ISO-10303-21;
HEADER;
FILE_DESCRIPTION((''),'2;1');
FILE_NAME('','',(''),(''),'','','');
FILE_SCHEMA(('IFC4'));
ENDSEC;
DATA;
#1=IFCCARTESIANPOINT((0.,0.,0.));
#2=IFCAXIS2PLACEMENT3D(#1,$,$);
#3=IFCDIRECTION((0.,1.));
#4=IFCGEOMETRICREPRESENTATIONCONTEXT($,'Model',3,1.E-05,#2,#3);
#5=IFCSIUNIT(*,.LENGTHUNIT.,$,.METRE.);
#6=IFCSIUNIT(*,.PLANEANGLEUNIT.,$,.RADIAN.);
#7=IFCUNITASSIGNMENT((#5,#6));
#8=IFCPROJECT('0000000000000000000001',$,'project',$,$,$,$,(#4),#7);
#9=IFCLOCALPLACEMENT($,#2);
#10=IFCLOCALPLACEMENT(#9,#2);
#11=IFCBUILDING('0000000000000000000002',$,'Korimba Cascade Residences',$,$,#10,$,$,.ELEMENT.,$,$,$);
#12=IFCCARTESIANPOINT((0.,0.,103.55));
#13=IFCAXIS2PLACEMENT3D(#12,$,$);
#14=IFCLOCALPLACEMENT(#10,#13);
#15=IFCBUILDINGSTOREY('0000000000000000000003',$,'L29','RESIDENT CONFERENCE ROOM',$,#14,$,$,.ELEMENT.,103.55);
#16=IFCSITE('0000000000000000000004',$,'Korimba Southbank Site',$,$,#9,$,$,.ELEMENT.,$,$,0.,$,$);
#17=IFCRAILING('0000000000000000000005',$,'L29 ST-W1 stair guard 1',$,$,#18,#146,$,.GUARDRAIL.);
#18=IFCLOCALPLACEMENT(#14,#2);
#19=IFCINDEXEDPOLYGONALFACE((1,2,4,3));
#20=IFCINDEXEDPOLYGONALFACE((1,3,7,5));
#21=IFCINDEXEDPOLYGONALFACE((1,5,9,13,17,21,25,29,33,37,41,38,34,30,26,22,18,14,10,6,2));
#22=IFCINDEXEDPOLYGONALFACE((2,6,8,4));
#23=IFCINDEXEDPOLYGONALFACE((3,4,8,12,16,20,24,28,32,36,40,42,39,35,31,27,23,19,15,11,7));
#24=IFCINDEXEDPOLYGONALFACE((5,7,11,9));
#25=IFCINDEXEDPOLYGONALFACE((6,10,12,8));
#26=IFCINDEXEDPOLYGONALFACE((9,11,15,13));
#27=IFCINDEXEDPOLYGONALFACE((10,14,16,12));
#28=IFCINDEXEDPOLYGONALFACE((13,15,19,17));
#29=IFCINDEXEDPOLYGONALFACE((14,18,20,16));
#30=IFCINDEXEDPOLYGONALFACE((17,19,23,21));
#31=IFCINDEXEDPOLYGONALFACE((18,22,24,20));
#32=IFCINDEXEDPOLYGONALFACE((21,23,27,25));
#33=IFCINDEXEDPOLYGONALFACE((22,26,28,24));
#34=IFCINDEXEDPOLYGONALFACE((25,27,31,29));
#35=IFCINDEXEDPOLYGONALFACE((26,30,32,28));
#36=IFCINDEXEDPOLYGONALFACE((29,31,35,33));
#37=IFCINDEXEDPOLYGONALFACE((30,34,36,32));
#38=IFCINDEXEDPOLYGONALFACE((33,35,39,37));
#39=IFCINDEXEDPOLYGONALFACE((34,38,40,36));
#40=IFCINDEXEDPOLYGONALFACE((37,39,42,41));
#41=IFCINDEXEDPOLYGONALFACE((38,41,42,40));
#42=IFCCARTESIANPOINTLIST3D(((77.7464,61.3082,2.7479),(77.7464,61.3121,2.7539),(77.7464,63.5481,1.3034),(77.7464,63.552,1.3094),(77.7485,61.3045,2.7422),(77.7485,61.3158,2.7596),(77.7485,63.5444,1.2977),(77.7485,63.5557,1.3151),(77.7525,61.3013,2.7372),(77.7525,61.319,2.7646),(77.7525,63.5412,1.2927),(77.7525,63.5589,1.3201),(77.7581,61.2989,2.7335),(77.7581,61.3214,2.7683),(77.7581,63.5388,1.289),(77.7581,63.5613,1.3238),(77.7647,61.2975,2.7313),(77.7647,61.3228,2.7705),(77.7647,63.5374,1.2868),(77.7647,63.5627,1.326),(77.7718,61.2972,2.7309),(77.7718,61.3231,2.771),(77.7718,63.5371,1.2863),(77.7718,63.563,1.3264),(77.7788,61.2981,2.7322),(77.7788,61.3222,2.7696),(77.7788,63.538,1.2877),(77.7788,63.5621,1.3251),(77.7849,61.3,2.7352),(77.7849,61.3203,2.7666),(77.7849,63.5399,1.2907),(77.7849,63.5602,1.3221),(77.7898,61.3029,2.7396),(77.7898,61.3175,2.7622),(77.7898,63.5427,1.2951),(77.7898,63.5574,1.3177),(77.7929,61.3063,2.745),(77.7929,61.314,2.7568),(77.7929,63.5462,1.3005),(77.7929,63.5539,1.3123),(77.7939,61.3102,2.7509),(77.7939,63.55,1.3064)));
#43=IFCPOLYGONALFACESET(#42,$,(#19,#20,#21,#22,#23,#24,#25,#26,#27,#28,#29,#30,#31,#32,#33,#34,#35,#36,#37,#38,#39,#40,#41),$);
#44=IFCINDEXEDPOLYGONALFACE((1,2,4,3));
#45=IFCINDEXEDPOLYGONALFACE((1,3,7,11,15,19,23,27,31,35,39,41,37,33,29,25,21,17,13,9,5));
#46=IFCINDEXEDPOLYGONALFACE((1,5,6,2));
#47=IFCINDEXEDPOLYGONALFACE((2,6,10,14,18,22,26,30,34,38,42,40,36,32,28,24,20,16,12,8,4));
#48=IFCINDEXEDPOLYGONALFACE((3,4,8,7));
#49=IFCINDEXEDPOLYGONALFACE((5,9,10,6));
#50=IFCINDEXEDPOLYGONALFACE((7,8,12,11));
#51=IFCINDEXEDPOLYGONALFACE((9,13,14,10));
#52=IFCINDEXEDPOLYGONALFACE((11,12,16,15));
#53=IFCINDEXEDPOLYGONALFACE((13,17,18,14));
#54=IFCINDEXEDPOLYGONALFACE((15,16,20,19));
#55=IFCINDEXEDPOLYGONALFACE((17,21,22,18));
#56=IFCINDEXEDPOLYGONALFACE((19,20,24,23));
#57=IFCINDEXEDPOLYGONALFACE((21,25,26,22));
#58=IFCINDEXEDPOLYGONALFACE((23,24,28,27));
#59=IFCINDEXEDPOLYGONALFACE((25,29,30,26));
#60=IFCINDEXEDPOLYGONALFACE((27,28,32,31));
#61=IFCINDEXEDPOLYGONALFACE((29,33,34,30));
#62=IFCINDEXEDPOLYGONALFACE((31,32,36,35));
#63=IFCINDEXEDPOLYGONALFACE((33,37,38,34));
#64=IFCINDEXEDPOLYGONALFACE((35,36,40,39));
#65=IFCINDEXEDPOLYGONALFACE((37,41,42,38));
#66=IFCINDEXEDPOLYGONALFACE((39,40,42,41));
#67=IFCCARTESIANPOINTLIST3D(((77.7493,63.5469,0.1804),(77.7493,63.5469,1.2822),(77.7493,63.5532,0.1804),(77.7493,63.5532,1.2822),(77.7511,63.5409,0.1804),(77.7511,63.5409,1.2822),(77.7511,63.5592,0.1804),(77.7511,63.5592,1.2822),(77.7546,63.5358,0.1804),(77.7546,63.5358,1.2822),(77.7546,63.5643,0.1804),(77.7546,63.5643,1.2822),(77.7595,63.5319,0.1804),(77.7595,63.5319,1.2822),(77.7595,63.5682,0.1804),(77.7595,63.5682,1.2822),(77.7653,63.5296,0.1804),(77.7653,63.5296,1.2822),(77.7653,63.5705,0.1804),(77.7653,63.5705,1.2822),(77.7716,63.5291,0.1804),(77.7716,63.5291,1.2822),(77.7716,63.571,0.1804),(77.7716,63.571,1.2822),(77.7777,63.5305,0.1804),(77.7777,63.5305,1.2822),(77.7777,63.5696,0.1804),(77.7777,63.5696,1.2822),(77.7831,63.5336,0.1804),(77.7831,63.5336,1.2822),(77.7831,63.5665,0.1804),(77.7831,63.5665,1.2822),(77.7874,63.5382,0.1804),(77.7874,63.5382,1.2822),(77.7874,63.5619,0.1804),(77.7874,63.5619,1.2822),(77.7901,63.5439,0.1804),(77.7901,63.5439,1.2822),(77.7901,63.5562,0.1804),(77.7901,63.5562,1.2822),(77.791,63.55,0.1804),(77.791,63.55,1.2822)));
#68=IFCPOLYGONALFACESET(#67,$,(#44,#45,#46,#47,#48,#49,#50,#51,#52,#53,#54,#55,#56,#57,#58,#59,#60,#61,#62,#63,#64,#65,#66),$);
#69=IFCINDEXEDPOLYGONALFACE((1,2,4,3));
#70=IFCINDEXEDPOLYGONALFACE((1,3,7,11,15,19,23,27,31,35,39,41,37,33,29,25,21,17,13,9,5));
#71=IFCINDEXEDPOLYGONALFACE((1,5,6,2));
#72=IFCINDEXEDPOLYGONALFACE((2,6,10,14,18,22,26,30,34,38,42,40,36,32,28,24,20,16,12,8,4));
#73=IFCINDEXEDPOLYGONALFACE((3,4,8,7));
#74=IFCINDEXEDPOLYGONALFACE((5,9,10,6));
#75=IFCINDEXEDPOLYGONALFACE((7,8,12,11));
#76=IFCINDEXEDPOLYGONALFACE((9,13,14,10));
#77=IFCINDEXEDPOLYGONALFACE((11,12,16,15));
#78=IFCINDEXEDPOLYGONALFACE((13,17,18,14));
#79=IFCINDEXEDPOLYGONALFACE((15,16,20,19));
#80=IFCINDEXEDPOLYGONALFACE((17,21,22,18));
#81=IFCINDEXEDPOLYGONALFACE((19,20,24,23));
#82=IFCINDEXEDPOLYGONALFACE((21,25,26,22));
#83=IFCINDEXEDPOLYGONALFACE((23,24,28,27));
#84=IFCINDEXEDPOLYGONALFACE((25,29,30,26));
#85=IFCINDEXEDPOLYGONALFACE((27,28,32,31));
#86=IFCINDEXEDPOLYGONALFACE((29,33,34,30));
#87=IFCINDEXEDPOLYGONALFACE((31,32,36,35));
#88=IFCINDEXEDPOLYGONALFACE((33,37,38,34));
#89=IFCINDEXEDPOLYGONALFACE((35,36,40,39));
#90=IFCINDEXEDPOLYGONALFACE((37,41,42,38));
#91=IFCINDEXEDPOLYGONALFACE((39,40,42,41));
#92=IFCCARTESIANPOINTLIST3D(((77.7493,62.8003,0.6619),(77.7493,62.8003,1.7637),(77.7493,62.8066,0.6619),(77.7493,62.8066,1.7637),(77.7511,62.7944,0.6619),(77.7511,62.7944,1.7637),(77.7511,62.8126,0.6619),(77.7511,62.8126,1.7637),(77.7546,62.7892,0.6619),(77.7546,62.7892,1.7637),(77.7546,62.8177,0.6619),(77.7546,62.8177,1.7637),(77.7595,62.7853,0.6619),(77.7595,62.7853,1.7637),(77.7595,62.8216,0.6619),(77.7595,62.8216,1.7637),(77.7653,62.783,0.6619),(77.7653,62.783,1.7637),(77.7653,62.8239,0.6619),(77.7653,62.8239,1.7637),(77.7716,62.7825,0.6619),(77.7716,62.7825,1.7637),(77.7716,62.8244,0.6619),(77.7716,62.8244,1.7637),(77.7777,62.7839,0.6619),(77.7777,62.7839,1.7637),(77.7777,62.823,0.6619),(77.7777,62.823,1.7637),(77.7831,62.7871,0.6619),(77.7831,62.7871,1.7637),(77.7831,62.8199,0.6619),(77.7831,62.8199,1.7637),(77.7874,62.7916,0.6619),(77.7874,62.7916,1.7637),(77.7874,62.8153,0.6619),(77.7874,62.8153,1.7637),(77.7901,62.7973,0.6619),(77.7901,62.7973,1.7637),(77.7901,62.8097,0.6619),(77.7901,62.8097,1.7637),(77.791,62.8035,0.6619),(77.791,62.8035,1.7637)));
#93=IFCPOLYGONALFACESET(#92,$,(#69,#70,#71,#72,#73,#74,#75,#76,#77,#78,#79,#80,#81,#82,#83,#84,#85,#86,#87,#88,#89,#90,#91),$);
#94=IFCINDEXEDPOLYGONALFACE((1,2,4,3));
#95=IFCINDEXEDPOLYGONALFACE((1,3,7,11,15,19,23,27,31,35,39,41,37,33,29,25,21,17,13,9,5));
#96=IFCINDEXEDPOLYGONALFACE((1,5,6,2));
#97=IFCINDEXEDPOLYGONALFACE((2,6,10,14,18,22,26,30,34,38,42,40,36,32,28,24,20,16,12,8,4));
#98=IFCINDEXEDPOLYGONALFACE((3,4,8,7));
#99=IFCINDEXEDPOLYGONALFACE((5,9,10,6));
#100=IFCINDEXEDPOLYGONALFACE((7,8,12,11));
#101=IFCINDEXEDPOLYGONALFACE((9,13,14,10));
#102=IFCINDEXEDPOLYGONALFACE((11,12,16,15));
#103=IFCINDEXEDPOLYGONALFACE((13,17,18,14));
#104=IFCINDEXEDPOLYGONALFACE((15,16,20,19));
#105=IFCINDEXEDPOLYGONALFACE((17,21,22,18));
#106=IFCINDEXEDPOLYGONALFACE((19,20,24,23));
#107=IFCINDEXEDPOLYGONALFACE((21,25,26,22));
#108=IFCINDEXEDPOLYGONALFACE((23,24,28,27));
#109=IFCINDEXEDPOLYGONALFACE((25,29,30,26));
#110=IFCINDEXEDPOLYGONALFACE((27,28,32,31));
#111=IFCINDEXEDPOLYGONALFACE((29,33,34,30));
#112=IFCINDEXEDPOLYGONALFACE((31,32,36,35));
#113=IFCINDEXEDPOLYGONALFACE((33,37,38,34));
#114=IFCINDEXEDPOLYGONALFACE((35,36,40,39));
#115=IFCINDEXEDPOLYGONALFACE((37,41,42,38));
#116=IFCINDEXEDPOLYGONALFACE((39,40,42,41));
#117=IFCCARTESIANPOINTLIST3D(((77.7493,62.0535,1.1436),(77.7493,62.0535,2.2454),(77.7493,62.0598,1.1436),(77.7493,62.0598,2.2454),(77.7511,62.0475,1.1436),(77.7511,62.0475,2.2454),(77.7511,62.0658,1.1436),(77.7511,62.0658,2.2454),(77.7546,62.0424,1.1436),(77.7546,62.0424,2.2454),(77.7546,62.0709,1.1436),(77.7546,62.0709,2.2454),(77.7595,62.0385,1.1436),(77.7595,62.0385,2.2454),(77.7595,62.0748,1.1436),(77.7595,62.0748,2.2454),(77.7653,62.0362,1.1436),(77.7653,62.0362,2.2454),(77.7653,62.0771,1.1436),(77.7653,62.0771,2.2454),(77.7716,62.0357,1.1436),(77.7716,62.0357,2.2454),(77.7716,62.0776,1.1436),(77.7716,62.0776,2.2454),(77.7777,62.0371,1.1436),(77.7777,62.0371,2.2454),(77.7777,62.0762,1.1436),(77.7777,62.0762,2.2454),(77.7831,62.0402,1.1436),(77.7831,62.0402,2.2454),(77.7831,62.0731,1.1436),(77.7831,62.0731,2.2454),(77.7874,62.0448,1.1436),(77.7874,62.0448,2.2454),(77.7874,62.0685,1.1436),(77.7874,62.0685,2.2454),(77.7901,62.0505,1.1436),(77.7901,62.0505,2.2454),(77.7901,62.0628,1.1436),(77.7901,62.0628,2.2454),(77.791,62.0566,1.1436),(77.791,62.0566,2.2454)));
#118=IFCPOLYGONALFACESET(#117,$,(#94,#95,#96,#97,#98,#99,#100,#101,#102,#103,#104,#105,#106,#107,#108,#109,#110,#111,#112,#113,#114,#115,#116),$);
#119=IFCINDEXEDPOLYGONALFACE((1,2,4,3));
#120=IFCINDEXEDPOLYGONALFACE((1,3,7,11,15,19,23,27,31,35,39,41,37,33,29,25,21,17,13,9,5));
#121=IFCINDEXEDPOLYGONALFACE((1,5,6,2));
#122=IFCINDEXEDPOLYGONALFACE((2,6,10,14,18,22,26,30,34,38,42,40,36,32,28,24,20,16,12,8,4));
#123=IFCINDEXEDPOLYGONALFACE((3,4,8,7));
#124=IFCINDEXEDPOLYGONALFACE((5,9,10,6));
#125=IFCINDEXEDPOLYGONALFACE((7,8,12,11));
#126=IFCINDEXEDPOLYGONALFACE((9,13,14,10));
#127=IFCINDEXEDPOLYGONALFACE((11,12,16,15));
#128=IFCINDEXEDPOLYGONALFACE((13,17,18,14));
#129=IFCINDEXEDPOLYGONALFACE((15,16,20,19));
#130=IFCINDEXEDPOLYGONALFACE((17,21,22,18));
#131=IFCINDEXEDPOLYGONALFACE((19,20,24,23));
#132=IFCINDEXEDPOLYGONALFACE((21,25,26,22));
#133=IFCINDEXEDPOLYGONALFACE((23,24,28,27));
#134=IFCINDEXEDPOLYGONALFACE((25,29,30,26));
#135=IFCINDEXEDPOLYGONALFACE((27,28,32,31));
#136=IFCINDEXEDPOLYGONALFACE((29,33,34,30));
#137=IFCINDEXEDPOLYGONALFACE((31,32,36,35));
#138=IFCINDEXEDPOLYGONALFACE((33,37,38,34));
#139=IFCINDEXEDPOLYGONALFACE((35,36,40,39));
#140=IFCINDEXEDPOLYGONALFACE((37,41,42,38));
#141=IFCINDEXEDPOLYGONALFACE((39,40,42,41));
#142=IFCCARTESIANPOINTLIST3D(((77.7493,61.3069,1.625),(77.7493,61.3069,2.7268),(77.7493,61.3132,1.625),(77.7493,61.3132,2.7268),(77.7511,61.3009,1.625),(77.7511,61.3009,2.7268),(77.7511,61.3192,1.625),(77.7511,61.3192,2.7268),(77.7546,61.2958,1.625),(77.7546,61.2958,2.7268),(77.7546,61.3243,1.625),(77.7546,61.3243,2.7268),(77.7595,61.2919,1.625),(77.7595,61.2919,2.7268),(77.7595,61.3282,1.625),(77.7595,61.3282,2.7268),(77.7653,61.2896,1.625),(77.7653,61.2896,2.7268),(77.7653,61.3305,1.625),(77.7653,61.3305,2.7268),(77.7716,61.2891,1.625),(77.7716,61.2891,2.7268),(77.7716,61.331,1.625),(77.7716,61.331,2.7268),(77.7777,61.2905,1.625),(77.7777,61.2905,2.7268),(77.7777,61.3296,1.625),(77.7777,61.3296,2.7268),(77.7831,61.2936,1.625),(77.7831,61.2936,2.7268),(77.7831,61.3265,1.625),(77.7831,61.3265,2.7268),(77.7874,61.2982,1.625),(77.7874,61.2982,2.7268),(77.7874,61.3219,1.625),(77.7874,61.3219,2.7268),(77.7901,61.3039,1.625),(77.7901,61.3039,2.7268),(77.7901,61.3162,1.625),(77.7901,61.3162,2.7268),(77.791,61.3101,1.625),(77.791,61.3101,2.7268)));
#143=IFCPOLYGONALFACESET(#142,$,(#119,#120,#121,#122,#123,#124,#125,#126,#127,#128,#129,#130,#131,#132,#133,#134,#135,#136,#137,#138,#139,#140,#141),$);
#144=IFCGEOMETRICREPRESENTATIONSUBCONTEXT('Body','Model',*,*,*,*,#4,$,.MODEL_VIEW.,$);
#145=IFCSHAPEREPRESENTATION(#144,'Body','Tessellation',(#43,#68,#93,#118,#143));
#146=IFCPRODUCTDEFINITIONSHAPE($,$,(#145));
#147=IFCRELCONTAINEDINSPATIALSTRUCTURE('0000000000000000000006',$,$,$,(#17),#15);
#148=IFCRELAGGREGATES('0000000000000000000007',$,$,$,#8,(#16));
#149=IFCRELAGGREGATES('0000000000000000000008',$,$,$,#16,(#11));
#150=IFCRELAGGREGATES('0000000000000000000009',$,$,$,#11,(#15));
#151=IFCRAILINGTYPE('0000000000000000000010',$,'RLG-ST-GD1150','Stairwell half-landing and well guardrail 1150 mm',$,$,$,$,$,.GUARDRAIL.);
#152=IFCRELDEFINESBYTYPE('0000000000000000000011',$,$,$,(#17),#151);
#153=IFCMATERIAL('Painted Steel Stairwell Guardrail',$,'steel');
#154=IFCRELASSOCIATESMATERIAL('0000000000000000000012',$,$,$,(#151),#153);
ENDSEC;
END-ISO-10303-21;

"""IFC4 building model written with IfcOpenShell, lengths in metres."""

from ifc_helpers import new_model, si_unit, direction, frame, origin, origin_2d, place, context, subcontext, project, spatial, circle, extrude, material, type_object, element, save


model = new_model("IFC4")

# Units and contexts
model_context = context("Model", 3, precision=1e-05, world=origin(), true_north=direction((0.0, 1.0)))
body_context = subcontext(model_context, "Body", "Model", "MODEL_VIEW")
ifc_project = project(units=[si_unit("LENGTHUNIT", "METRE"), si_unit("PLANEANGLEUNIT", "RADIAN")], contexts=[model_context])

# Site, building, storey
site_placement = place(None, origin())
site = spatial("IfcSite", under=ifc_project, at=site_placement, Name="Korimba Southbank Site", CompositionType="ELEMENT", RefElevation=0.0)
building_placement = place(site_placement, origin())
building = spatial("IfcBuilding", under=site, at=building_placement, Name="Korimba Cascade Residences", CompositionType="ELEMENT")
storey_placement = place(building_placement, frame((0.0, 0.0, 103.55)))
storey = spatial("IfcBuildingStorey", under=building, at=storey_placement, Name="L29", Description="RESIDENT CONFERENCE ROOM", CompositionType="ELEMENT", Elevation=103.55)

# Railing
ifc_material_1 = material(Name="Painted Steel Stairwell Guardrail", Category="steel")
railing_type_1 = type_object("IfcRailingType", Name="RLG-ST-GD1150", Description="Stairwell half-landing and well guardrail 1150 mm", PredefinedType="GUARDRAIL", material=ifc_material_1)
railing_1_placement = place(storey_placement, frame((77.77, 63.55, 0.1804)))
element("IfcRailing", 1, at=railing_1_placement, inside=storey, type_object=railing_type_1, Name="L29 ST-W1 stair guard 1", PredefinedType="GUARDRAIL", context=body_context, shape_type="SweptSolid", body=[
    extrude(circle(Radius=0.0239, at=origin_2d()), frame((0.0, 0.0, 1.126), z_axis=(0.0, -0.840395, 0.541975), x_axis=(1.0, 0.0, 0.0)), (0.0, 0.0, 1.0), 2.6653),
    extrude(circle(Radius=0.021, at=origin_2d()), origin(), (0.0, 0.0, 1.0), 1.1018),
    extrude(circle(Radius=0.021, at=origin_2d()), frame((0.0, -0.7466, 0.4814)), (0.0, 0.0, 1.0), 1.1018),
    extrude(circle(Radius=0.021, at=origin_2d()), frame((0.0, -1.4934, 0.9631)), (0.0, 0.0, 1.0), 1.1018),
    extrude(circle(Radius=0.021, at=origin_2d()), frame((0.0, -2.24, 1.4446)), (0.0, 0.0, 1.0), 1.1018),
])

save(model, "model.ifc")
